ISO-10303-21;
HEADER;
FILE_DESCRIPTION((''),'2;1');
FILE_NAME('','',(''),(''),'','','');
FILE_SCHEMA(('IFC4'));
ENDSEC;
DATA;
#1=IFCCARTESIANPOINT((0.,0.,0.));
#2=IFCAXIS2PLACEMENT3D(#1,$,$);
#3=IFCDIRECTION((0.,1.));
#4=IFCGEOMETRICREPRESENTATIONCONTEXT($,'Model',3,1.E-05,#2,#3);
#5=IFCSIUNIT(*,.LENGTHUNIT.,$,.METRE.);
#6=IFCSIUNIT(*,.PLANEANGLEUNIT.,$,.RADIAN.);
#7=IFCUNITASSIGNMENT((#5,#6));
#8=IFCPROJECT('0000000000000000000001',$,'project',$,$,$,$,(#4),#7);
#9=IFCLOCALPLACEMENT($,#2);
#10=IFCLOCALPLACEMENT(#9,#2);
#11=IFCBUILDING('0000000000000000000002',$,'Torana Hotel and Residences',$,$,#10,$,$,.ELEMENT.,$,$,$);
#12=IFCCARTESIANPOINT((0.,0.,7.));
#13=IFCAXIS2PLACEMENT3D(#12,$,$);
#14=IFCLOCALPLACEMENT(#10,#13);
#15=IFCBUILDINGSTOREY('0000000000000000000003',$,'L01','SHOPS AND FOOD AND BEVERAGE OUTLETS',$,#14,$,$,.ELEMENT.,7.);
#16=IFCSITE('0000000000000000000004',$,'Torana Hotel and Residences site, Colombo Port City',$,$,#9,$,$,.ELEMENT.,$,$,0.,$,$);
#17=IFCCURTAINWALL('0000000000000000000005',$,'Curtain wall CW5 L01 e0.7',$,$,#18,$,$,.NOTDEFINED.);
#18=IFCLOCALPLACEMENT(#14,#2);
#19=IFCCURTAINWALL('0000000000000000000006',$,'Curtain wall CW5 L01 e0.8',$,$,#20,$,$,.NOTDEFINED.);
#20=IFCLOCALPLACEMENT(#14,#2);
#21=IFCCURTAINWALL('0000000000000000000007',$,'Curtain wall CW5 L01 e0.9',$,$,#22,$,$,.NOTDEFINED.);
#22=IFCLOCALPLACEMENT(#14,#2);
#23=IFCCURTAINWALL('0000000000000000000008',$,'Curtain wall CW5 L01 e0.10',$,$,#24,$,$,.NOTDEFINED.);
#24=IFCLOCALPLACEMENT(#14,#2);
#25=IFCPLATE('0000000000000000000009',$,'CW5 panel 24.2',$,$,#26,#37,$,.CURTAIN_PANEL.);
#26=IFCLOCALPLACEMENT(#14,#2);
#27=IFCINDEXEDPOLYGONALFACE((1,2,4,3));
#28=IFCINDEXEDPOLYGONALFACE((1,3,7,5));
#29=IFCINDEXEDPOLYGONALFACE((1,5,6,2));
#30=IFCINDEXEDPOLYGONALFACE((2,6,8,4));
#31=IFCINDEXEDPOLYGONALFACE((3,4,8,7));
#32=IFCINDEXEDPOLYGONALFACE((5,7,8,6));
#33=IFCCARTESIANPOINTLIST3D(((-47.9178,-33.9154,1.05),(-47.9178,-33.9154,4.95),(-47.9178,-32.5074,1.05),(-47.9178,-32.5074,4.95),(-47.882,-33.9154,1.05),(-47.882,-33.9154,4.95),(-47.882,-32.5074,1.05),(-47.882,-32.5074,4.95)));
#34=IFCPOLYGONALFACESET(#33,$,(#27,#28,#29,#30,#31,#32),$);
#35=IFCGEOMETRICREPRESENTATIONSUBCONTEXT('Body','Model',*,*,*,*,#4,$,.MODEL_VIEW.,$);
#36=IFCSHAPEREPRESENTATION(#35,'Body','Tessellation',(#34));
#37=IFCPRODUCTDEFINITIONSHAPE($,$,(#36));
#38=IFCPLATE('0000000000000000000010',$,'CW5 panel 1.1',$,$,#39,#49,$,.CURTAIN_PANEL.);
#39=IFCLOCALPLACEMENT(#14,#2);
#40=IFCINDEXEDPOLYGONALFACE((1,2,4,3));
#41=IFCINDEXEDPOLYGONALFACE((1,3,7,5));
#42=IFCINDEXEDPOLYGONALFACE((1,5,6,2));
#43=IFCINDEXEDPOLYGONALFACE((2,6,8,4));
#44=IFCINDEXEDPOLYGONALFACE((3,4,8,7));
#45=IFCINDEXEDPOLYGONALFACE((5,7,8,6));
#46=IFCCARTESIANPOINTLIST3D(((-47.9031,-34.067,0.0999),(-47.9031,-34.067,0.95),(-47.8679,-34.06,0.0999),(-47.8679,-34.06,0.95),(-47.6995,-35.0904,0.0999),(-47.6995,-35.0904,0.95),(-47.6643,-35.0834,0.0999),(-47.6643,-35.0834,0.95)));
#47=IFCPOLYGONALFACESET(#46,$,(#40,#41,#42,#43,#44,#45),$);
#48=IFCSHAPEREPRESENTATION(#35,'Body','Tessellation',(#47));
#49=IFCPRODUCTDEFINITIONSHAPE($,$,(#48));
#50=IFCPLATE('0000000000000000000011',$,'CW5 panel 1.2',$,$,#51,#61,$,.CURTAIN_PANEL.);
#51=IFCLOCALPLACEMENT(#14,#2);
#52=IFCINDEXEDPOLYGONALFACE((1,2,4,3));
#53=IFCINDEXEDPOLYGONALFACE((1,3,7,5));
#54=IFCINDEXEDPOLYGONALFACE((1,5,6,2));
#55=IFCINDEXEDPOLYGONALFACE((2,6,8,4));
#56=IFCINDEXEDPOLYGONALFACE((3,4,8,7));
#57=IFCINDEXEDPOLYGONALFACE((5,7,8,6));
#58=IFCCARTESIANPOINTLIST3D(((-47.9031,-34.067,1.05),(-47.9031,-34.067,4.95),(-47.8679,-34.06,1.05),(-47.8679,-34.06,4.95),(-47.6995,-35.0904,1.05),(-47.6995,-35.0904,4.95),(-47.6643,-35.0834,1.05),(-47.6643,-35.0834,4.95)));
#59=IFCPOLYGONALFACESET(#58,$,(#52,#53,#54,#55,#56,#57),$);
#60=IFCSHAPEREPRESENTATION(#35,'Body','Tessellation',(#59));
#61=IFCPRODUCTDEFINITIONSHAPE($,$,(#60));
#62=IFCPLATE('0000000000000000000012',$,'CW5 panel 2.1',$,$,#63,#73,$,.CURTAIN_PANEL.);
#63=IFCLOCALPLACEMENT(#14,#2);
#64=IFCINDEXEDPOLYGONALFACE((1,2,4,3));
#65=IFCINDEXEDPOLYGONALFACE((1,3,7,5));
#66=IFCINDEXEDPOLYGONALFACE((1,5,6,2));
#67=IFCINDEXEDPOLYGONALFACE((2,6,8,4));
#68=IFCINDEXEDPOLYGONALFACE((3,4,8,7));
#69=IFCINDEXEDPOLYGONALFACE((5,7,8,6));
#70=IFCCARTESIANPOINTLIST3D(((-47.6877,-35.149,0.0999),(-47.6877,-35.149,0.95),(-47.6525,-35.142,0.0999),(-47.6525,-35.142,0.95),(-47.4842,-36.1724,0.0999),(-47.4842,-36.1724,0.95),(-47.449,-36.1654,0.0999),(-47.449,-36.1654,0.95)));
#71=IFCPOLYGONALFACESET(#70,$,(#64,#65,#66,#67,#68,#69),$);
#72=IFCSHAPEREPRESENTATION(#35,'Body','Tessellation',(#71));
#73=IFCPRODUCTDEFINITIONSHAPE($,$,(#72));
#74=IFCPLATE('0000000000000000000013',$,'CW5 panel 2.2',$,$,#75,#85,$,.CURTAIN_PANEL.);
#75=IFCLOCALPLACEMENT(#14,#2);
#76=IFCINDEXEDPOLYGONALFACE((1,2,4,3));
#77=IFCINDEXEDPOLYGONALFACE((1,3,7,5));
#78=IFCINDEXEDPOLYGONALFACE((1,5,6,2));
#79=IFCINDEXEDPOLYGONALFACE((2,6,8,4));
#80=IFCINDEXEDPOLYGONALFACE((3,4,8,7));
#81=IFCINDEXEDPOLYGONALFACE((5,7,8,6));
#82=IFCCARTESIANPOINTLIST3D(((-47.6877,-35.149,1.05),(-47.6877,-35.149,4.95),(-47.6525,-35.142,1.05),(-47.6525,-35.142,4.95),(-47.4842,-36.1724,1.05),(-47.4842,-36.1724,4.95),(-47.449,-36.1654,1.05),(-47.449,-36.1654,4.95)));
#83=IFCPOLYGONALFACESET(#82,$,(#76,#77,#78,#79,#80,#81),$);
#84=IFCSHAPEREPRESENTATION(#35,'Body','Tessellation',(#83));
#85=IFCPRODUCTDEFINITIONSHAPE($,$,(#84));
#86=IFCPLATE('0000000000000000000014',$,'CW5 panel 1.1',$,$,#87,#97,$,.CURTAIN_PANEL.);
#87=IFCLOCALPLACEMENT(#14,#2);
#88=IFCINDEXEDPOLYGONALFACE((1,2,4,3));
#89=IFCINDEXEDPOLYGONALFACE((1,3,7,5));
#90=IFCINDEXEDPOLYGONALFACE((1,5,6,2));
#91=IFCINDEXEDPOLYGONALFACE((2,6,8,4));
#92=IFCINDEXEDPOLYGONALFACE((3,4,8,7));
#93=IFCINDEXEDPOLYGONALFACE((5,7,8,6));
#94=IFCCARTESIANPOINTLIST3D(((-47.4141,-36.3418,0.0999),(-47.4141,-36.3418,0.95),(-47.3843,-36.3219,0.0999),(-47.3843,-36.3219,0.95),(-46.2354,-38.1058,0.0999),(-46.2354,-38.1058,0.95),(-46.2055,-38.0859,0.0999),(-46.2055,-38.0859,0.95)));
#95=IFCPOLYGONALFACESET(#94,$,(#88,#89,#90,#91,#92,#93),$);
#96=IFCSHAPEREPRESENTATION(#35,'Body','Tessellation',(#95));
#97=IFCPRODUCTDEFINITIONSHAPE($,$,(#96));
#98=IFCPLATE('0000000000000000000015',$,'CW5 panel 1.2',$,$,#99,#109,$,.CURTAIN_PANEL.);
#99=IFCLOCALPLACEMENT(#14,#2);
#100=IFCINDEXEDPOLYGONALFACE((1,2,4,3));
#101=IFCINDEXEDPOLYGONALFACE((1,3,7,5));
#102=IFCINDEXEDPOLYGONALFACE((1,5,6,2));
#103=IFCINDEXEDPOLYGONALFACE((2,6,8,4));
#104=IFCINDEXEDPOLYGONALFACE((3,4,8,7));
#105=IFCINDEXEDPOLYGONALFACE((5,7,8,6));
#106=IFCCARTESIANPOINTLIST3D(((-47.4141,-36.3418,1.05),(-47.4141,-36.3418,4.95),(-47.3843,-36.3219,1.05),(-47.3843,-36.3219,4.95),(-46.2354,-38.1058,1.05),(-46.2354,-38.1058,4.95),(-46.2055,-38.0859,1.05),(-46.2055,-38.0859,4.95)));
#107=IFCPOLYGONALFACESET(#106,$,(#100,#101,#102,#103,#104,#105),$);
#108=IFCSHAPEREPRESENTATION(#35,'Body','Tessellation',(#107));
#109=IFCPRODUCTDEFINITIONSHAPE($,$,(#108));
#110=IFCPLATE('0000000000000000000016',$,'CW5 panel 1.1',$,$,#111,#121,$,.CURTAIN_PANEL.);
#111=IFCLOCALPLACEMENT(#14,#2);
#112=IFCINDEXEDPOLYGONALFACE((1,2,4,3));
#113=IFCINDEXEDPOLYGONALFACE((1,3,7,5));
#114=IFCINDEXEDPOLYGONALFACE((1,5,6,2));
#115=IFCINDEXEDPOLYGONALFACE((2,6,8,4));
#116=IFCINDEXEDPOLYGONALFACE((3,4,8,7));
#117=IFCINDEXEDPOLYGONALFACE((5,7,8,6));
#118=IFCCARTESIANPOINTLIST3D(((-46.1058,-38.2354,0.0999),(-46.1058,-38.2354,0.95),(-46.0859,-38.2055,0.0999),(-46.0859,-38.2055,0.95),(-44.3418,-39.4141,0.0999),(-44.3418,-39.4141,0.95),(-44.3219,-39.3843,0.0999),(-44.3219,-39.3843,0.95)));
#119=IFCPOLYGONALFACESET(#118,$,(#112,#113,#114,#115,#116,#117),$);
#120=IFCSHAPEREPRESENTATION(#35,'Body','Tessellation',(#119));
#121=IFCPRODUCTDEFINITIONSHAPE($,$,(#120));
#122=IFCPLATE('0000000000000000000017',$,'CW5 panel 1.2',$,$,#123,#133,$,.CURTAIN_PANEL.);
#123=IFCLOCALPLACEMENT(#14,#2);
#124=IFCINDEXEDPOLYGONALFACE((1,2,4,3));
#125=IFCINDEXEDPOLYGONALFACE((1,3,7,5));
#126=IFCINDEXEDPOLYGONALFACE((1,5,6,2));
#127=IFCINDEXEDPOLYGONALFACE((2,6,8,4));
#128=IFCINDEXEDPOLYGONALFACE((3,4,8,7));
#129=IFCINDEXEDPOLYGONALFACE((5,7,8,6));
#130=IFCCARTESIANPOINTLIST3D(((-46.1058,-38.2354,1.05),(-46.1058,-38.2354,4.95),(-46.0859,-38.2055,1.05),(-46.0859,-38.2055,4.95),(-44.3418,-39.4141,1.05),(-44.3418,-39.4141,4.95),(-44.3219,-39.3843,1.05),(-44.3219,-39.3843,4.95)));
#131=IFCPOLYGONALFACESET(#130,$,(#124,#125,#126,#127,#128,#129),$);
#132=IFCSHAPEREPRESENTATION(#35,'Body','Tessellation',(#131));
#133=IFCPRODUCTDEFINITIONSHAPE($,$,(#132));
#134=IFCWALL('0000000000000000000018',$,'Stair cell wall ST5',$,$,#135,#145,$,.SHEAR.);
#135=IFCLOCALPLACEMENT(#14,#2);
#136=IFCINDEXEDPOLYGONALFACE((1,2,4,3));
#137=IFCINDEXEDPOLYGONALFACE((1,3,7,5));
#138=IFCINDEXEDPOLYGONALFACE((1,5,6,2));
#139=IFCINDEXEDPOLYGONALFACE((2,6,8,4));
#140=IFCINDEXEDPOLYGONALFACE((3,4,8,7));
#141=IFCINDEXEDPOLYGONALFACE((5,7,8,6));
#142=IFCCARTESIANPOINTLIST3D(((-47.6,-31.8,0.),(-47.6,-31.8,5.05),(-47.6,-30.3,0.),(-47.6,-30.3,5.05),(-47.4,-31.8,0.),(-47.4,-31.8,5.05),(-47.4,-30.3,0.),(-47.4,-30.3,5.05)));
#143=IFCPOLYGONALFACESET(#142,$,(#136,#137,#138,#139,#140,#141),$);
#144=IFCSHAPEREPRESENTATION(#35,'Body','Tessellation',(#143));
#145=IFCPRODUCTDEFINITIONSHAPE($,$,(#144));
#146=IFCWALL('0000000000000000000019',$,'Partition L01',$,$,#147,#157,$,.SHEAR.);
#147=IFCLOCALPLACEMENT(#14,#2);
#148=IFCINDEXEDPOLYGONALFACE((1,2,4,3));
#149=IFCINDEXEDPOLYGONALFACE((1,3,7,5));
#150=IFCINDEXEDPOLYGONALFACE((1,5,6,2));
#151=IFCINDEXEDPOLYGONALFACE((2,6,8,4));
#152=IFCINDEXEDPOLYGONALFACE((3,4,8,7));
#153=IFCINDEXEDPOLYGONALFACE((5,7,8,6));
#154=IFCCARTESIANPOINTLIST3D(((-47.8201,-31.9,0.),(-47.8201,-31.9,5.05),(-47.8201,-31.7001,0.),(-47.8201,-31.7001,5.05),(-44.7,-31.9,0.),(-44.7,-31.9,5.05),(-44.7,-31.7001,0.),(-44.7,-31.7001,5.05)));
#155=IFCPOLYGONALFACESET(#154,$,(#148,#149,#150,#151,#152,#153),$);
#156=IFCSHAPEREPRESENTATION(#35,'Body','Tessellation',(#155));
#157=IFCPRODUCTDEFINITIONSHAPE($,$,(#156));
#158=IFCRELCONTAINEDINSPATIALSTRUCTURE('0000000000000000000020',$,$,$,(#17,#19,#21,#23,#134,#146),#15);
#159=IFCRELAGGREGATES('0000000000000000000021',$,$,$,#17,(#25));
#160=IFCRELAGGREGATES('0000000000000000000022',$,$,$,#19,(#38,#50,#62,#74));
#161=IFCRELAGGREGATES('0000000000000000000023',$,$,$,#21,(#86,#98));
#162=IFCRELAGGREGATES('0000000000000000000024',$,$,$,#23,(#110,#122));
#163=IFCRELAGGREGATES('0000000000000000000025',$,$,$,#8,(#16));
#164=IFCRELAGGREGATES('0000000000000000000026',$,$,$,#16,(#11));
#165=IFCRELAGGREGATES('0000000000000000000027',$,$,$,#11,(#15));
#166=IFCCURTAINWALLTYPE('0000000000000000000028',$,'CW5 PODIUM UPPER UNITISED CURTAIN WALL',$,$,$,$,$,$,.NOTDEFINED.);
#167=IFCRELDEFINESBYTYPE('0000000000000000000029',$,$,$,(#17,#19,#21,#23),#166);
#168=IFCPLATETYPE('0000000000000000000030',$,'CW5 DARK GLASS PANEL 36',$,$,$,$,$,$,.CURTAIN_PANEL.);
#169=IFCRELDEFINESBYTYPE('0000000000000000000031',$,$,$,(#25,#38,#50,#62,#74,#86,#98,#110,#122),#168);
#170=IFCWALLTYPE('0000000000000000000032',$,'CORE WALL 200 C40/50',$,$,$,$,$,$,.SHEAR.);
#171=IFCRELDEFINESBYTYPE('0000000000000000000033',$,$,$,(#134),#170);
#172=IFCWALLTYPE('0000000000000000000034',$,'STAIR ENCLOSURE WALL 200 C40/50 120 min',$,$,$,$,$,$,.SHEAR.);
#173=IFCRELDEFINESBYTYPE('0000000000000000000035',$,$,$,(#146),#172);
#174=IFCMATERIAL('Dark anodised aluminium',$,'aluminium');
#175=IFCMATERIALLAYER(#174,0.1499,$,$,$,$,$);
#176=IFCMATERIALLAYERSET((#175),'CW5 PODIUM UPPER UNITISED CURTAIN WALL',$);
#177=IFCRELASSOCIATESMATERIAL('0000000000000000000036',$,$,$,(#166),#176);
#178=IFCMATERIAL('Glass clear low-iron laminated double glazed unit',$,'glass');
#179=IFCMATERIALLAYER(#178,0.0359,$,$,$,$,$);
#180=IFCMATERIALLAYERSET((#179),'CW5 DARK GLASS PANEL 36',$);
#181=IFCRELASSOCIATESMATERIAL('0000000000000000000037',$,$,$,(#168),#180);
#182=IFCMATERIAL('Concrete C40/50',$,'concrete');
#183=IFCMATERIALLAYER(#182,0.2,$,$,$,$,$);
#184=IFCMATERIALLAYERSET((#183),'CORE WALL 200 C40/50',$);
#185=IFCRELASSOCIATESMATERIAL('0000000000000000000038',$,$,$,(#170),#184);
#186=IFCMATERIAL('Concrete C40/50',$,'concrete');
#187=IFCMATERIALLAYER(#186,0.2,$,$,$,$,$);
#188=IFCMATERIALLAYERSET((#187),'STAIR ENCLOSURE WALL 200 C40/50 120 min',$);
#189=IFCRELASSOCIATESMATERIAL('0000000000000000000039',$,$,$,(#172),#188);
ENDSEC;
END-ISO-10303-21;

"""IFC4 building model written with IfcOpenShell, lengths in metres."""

from ifc_helpers import new_model, si_unit, direction, frame, frame_2d, origin, origin_2d, place, context, subcontext, project, spatial, rectangle, extrude, material, layer, layer_set, type_object, element, aggregate, save


model = new_model("IFC4")

# Units and contexts
model_context = context("Model", 3, precision=1e-05, world=origin(), true_north=direction((0.0, 1.0)))
body_context = subcontext(model_context, "Body", "Model", "MODEL_VIEW")
ifc_project = project(units=[si_unit("LENGTHUNIT", "METRE"), si_unit("PLANEANGLEUNIT", "RADIAN")], contexts=[model_context])

# Site, building, storey
site_placement = place(None, origin())
site = spatial("IfcSite", under=ifc_project, at=site_placement, Name="Torana Hotel and Residences site, Colombo Port City", CompositionType="ELEMENT", RefElevation=0.0)
building_placement = place(site_placement, origin())
building = spatial("IfcBuilding", under=site, at=building_placement, Name="Torana Hotel and Residences", CompositionType="ELEMENT")
storey_placement = place(building_placement, frame((0.0, 0.0, 7.0)))
storey = spatial("IfcBuildingStorey", under=building, at=storey_placement, Name="L01", Description="SHOPS AND FOOD AND BEVERAGE OUTLETS", CompositionType="ELEMENT", Elevation=7.0)

# Curtain walls
ifc_material_1 = material(Name="Dark anodised aluminium", Category="aluminium")
ifc_layer_1 = layer(ifc_material_1, 0.1499)
ifc_layer_set_1 = layer_set([ifc_layer_1], Name="CW5 PODIUM UPPER UNITISED CURTAIN WALL")
curtain_wall_type = type_object("IfcCurtainWallType", Name="CW5 PODIUM UPPER UNITISED CURTAIN WALL", PredefinedType="NOTDEFINED", material=ifc_layer_set_1)
curtain_wall_1_placement = place(storey_placement, origin())
curtain_wall_1 = element("IfcCurtainWall", 1, at=curtain_wall_1_placement, inside=storey, type_object=curtain_wall_type, Name="Curtain wall CW5 L01 e0.7", PredefinedType="NOTDEFINED")
curtain_wall_2_placement = place(storey_placement, origin())
curtain_wall_2 = element("IfcCurtainWall", 2, at=curtain_wall_2_placement, inside=storey, type_object=curtain_wall_type, Name="Curtain wall CW5 L01 e0.8", PredefinedType="NOTDEFINED")
curtain_wall_3_placement = place(storey_placement, origin())
curtain_wall_3 = element("IfcCurtainWall", 3, at=curtain_wall_3_placement, inside=storey, type_object=curtain_wall_type, Name="Curtain wall CW5 L01 e0.9", PredefinedType="NOTDEFINED")

# Curtain wall
curtain_wall_4_placement = place(storey_placement, origin())
curtain_wall_4 = element("IfcCurtainWall", 4, at=curtain_wall_4_placement, inside=storey, type_object=curtain_wall_type, Name="Curtain wall CW5 L01 e0.10", PredefinedType="NOTDEFINED")

# Plates
ifc_material_2 = material(Name="Glass clear low-iron laminated double glazed unit", Category="glass")
ifc_layer_2 = layer(ifc_material_2, 0.0359)
ifc_layer_set_2 = layer_set([ifc_layer_2], Name="CW5 DARK GLASS PANEL 36")
plate_type = type_object("IfcPlateType", Name="CW5 DARK GLASS PANEL 36", PredefinedType="CURTAIN_PANEL", material=ifc_layer_set_2)
plate_1_placement = place(storey_placement, frame((-47.8999, -33.2114, 1.05), z_axis=(0.0, 0.0, 1.0), x_axis=(0.0, -1.0, 0.0)))
plate_1 = element("IfcPlate", 5, at=plate_1_placement, type_object=plate_type, Name="CW5 panel 24.2", PredefinedType="CURTAIN_PANEL", context=body_context, shape_type="SweptSolid", body=[
    extrude(rectangle(XDim=1.408, YDim=0.0359, at=origin_2d()), origin(), (0.0, 0.0, 1.0), 3.8999),
])
aggregate(curtain_wall_1, [plate_1])
plate_2_placement = place(storey_placement, frame((-47.7837, -34.5752, 0.0999), z_axis=(0.0, 0.0, 1.0), x_axis=(0.195081, -0.980787, 0.0)))
plate_2 = element("IfcPlate", 6, at=plate_2_placement, type_object=plate_type, Name="CW5 panel 1.1", PredefinedType="CURTAIN_PANEL", context=body_context, shape_type="SweptSolid", body=[
    extrude(rectangle(XDim=1.0435, YDim=0.0359, at=origin_2d()), origin(), (0.0, 0.0, 1.0), 0.8501),
])
plate_3_placement = place(storey_placement, frame((-47.7837, -34.5752, 1.05), z_axis=(0.0, 0.0, 1.0), x_axis=(0.195081, -0.980787, 0.0)))
plate_3 = element("IfcPlate", 7, at=plate_3_placement, type_object=plate_type, Name="CW5 panel 1.2", PredefinedType="CURTAIN_PANEL", context=body_context, shape_type="SweptSolid", body=[
    extrude(rectangle(XDim=1.0435, YDim=0.0359, at=origin_2d()), origin(), (0.0, 0.0, 1.0), 3.8999),
])
plate_4_placement = place(storey_placement, frame((-47.5684, -35.6572, 0.0999), z_axis=(0.0, 0.0, 1.0), x_axis=(0.195081, -0.980787, 0.0)))
plate_4 = element("IfcPlate", 8, at=plate_4_placement, type_object=plate_type, Name="CW5 panel 2.1", PredefinedType="CURTAIN_PANEL", context=body_context, shape_type="SweptSolid", body=[
    extrude(rectangle(XDim=1.0435, YDim=0.0359, at=origin_2d()), origin(), (0.0, 0.0, 1.0), 0.8501),
])
plate_5_placement = place(storey_placement, frame((-47.5684, -35.6572, 1.05), z_axis=(0.0, 0.0, 1.0), x_axis=(0.195081, -0.980787, 0.0)))
plate_5 = element("IfcPlate", 9, at=plate_5_placement, type_object=plate_type, Name="CW5 panel 2.2", PredefinedType="CURTAIN_PANEL", context=body_context, shape_type="SweptSolid", body=[
    extrude(rectangle(XDim=1.0435, YDim=0.0359, at=origin_2d()), origin(), (0.0, 0.0, 1.0), 3.8999),
])
aggregate(curtain_wall_2, [plate_2, plate_3, plate_4, plate_5])
plate_6_placement = place(storey_placement, frame((-46.8098, -37.2139, 0.0999), z_axis=(0.0, 0.0, 1.0), x_axis=(0.555585, -0.83146, 0.0)))
plate_6 = element("IfcPlate", 10, at=plate_6_placement, type_object=plate_type, Name="CW5 panel 1.1", PredefinedType="CURTAIN_PANEL", context=body_context, shape_type="SweptSolid", body=[
    extrude(rectangle(XDim=2.1216, YDim=0.0359, at=origin_2d()), origin(), (0.0, 0.0, 1.0), 0.8501),
])
plate_7_placement = place(storey_placement, frame((-46.8098, -37.2139, 1.05), z_axis=(0.0, 0.0, 1.0), x_axis=(0.555585, -0.83146, 0.0)))
plate_7 = element("IfcPlate", 11, at=plate_7_placement, type_object=plate_type, Name="CW5 panel 1.2", PredefinedType="CURTAIN_PANEL", context=body_context, shape_type="SweptSolid", body=[
    extrude(rectangle(XDim=2.1216, YDim=0.0359, at=origin_2d()), origin(), (0.0, 0.0, 1.0), 3.8999),
])
aggregate(curtain_wall_3, [plate_6, plate_7])
plate_8_placement = place(storey_placement, frame((-45.2139, -38.8098, 0.0999), z_axis=(0.0, 0.0, 1.0), x_axis=(0.83146, -0.555585, 0.0)))
plate_8 = element("IfcPlate", 12, at=plate_8_placement, type_object=plate_type, Name="CW5 panel 1.1", PredefinedType="CURTAIN_PANEL", context=body_context, shape_type="SweptSolid", body=[
    extrude(rectangle(XDim=2.1216, YDim=0.0359, at=origin_2d()), origin(), (0.0, 0.0, 1.0), 0.8501),
])
plate_9_placement = place(storey_placement, frame((-45.2139, -38.8098, 1.05), z_axis=(0.0, 0.0, 1.0), x_axis=(0.83146, -0.555585, 0.0)))
plate_9 = element("IfcPlate", 13, at=plate_9_placement, type_object=plate_type, Name="CW5 panel 1.2", PredefinedType="CURTAIN_PANEL", context=body_context, shape_type="SweptSolid", body=[
    extrude(rectangle(XDim=2.1216, YDim=0.0359, at=origin_2d()), origin(), (0.0, 0.0, 1.0), 3.8999),
])
aggregate(curtain_wall_4, [plate_8, plate_9])

# Walls
ifc_material_3 = material(Name="Concrete C40/50", Category="concrete")
ifc_layer_3 = layer(ifc_material_3, 0.2)
ifc_layer_set_3 = layer_set([ifc_layer_3], Name="CORE WALL 200 C40/50")
wall_type_1 = type_object("IfcWallType", Name="CORE WALL 200 C40/50", PredefinedType="SHEAR", material=ifc_layer_set_3)
wall_1_placement = place(storey_placement, frame((-47.5, -31.8, 0.0), z_axis=(0.0, 0.0, 1.0), x_axis=(0.0, 1.0, 0.0)))
element("IfcWall", 14, at=wall_1_placement, inside=storey, type_object=wall_type_1, Name="Stair cell wall ST5", PredefinedType="SHEAR", context=body_context, shape_type="SweptSolid", body=[
    extrude(rectangle(XDim=1.5, YDim=0.2, at=frame_2d((0.75, 0.0))), origin(), (0.0, 0.0, 1.0), 5.05),
])
ifc_material_4 = material(Name="Concrete C40/50", Category="concrete")
ifc_layer_4 = layer(ifc_material_4, 0.2)
ifc_layer_set_4 = layer_set([ifc_layer_4], Name="STAIR ENCLOSURE WALL 200 C40/50 120 min")
wall_type_2 = type_object("IfcWallType", Name="STAIR ENCLOSURE WALL 200 C40/50 120 min", PredefinedType="SHEAR", material=ifc_layer_set_4)
wall_2_placement = place(storey_placement, frame((-47.8201, -31.8, 0.0), z_axis=(0.0, 0.0, 1.0), x_axis=(1.0, 0.0, 0.0)))
element("IfcWall", 15, at=wall_2_placement, inside=storey, type_object=wall_type_2, Name="Partition L01", PredefinedType="SHEAR", context=body_context, shape_type="SweptSolid", body=[
    extrude(rectangle(XDim=3.1201, YDim=0.2, at=frame_2d((1.5601, 0.0))), origin(), (0.0, 0.0, 1.0), 5.05),
])

save(model, "model.ifc")
